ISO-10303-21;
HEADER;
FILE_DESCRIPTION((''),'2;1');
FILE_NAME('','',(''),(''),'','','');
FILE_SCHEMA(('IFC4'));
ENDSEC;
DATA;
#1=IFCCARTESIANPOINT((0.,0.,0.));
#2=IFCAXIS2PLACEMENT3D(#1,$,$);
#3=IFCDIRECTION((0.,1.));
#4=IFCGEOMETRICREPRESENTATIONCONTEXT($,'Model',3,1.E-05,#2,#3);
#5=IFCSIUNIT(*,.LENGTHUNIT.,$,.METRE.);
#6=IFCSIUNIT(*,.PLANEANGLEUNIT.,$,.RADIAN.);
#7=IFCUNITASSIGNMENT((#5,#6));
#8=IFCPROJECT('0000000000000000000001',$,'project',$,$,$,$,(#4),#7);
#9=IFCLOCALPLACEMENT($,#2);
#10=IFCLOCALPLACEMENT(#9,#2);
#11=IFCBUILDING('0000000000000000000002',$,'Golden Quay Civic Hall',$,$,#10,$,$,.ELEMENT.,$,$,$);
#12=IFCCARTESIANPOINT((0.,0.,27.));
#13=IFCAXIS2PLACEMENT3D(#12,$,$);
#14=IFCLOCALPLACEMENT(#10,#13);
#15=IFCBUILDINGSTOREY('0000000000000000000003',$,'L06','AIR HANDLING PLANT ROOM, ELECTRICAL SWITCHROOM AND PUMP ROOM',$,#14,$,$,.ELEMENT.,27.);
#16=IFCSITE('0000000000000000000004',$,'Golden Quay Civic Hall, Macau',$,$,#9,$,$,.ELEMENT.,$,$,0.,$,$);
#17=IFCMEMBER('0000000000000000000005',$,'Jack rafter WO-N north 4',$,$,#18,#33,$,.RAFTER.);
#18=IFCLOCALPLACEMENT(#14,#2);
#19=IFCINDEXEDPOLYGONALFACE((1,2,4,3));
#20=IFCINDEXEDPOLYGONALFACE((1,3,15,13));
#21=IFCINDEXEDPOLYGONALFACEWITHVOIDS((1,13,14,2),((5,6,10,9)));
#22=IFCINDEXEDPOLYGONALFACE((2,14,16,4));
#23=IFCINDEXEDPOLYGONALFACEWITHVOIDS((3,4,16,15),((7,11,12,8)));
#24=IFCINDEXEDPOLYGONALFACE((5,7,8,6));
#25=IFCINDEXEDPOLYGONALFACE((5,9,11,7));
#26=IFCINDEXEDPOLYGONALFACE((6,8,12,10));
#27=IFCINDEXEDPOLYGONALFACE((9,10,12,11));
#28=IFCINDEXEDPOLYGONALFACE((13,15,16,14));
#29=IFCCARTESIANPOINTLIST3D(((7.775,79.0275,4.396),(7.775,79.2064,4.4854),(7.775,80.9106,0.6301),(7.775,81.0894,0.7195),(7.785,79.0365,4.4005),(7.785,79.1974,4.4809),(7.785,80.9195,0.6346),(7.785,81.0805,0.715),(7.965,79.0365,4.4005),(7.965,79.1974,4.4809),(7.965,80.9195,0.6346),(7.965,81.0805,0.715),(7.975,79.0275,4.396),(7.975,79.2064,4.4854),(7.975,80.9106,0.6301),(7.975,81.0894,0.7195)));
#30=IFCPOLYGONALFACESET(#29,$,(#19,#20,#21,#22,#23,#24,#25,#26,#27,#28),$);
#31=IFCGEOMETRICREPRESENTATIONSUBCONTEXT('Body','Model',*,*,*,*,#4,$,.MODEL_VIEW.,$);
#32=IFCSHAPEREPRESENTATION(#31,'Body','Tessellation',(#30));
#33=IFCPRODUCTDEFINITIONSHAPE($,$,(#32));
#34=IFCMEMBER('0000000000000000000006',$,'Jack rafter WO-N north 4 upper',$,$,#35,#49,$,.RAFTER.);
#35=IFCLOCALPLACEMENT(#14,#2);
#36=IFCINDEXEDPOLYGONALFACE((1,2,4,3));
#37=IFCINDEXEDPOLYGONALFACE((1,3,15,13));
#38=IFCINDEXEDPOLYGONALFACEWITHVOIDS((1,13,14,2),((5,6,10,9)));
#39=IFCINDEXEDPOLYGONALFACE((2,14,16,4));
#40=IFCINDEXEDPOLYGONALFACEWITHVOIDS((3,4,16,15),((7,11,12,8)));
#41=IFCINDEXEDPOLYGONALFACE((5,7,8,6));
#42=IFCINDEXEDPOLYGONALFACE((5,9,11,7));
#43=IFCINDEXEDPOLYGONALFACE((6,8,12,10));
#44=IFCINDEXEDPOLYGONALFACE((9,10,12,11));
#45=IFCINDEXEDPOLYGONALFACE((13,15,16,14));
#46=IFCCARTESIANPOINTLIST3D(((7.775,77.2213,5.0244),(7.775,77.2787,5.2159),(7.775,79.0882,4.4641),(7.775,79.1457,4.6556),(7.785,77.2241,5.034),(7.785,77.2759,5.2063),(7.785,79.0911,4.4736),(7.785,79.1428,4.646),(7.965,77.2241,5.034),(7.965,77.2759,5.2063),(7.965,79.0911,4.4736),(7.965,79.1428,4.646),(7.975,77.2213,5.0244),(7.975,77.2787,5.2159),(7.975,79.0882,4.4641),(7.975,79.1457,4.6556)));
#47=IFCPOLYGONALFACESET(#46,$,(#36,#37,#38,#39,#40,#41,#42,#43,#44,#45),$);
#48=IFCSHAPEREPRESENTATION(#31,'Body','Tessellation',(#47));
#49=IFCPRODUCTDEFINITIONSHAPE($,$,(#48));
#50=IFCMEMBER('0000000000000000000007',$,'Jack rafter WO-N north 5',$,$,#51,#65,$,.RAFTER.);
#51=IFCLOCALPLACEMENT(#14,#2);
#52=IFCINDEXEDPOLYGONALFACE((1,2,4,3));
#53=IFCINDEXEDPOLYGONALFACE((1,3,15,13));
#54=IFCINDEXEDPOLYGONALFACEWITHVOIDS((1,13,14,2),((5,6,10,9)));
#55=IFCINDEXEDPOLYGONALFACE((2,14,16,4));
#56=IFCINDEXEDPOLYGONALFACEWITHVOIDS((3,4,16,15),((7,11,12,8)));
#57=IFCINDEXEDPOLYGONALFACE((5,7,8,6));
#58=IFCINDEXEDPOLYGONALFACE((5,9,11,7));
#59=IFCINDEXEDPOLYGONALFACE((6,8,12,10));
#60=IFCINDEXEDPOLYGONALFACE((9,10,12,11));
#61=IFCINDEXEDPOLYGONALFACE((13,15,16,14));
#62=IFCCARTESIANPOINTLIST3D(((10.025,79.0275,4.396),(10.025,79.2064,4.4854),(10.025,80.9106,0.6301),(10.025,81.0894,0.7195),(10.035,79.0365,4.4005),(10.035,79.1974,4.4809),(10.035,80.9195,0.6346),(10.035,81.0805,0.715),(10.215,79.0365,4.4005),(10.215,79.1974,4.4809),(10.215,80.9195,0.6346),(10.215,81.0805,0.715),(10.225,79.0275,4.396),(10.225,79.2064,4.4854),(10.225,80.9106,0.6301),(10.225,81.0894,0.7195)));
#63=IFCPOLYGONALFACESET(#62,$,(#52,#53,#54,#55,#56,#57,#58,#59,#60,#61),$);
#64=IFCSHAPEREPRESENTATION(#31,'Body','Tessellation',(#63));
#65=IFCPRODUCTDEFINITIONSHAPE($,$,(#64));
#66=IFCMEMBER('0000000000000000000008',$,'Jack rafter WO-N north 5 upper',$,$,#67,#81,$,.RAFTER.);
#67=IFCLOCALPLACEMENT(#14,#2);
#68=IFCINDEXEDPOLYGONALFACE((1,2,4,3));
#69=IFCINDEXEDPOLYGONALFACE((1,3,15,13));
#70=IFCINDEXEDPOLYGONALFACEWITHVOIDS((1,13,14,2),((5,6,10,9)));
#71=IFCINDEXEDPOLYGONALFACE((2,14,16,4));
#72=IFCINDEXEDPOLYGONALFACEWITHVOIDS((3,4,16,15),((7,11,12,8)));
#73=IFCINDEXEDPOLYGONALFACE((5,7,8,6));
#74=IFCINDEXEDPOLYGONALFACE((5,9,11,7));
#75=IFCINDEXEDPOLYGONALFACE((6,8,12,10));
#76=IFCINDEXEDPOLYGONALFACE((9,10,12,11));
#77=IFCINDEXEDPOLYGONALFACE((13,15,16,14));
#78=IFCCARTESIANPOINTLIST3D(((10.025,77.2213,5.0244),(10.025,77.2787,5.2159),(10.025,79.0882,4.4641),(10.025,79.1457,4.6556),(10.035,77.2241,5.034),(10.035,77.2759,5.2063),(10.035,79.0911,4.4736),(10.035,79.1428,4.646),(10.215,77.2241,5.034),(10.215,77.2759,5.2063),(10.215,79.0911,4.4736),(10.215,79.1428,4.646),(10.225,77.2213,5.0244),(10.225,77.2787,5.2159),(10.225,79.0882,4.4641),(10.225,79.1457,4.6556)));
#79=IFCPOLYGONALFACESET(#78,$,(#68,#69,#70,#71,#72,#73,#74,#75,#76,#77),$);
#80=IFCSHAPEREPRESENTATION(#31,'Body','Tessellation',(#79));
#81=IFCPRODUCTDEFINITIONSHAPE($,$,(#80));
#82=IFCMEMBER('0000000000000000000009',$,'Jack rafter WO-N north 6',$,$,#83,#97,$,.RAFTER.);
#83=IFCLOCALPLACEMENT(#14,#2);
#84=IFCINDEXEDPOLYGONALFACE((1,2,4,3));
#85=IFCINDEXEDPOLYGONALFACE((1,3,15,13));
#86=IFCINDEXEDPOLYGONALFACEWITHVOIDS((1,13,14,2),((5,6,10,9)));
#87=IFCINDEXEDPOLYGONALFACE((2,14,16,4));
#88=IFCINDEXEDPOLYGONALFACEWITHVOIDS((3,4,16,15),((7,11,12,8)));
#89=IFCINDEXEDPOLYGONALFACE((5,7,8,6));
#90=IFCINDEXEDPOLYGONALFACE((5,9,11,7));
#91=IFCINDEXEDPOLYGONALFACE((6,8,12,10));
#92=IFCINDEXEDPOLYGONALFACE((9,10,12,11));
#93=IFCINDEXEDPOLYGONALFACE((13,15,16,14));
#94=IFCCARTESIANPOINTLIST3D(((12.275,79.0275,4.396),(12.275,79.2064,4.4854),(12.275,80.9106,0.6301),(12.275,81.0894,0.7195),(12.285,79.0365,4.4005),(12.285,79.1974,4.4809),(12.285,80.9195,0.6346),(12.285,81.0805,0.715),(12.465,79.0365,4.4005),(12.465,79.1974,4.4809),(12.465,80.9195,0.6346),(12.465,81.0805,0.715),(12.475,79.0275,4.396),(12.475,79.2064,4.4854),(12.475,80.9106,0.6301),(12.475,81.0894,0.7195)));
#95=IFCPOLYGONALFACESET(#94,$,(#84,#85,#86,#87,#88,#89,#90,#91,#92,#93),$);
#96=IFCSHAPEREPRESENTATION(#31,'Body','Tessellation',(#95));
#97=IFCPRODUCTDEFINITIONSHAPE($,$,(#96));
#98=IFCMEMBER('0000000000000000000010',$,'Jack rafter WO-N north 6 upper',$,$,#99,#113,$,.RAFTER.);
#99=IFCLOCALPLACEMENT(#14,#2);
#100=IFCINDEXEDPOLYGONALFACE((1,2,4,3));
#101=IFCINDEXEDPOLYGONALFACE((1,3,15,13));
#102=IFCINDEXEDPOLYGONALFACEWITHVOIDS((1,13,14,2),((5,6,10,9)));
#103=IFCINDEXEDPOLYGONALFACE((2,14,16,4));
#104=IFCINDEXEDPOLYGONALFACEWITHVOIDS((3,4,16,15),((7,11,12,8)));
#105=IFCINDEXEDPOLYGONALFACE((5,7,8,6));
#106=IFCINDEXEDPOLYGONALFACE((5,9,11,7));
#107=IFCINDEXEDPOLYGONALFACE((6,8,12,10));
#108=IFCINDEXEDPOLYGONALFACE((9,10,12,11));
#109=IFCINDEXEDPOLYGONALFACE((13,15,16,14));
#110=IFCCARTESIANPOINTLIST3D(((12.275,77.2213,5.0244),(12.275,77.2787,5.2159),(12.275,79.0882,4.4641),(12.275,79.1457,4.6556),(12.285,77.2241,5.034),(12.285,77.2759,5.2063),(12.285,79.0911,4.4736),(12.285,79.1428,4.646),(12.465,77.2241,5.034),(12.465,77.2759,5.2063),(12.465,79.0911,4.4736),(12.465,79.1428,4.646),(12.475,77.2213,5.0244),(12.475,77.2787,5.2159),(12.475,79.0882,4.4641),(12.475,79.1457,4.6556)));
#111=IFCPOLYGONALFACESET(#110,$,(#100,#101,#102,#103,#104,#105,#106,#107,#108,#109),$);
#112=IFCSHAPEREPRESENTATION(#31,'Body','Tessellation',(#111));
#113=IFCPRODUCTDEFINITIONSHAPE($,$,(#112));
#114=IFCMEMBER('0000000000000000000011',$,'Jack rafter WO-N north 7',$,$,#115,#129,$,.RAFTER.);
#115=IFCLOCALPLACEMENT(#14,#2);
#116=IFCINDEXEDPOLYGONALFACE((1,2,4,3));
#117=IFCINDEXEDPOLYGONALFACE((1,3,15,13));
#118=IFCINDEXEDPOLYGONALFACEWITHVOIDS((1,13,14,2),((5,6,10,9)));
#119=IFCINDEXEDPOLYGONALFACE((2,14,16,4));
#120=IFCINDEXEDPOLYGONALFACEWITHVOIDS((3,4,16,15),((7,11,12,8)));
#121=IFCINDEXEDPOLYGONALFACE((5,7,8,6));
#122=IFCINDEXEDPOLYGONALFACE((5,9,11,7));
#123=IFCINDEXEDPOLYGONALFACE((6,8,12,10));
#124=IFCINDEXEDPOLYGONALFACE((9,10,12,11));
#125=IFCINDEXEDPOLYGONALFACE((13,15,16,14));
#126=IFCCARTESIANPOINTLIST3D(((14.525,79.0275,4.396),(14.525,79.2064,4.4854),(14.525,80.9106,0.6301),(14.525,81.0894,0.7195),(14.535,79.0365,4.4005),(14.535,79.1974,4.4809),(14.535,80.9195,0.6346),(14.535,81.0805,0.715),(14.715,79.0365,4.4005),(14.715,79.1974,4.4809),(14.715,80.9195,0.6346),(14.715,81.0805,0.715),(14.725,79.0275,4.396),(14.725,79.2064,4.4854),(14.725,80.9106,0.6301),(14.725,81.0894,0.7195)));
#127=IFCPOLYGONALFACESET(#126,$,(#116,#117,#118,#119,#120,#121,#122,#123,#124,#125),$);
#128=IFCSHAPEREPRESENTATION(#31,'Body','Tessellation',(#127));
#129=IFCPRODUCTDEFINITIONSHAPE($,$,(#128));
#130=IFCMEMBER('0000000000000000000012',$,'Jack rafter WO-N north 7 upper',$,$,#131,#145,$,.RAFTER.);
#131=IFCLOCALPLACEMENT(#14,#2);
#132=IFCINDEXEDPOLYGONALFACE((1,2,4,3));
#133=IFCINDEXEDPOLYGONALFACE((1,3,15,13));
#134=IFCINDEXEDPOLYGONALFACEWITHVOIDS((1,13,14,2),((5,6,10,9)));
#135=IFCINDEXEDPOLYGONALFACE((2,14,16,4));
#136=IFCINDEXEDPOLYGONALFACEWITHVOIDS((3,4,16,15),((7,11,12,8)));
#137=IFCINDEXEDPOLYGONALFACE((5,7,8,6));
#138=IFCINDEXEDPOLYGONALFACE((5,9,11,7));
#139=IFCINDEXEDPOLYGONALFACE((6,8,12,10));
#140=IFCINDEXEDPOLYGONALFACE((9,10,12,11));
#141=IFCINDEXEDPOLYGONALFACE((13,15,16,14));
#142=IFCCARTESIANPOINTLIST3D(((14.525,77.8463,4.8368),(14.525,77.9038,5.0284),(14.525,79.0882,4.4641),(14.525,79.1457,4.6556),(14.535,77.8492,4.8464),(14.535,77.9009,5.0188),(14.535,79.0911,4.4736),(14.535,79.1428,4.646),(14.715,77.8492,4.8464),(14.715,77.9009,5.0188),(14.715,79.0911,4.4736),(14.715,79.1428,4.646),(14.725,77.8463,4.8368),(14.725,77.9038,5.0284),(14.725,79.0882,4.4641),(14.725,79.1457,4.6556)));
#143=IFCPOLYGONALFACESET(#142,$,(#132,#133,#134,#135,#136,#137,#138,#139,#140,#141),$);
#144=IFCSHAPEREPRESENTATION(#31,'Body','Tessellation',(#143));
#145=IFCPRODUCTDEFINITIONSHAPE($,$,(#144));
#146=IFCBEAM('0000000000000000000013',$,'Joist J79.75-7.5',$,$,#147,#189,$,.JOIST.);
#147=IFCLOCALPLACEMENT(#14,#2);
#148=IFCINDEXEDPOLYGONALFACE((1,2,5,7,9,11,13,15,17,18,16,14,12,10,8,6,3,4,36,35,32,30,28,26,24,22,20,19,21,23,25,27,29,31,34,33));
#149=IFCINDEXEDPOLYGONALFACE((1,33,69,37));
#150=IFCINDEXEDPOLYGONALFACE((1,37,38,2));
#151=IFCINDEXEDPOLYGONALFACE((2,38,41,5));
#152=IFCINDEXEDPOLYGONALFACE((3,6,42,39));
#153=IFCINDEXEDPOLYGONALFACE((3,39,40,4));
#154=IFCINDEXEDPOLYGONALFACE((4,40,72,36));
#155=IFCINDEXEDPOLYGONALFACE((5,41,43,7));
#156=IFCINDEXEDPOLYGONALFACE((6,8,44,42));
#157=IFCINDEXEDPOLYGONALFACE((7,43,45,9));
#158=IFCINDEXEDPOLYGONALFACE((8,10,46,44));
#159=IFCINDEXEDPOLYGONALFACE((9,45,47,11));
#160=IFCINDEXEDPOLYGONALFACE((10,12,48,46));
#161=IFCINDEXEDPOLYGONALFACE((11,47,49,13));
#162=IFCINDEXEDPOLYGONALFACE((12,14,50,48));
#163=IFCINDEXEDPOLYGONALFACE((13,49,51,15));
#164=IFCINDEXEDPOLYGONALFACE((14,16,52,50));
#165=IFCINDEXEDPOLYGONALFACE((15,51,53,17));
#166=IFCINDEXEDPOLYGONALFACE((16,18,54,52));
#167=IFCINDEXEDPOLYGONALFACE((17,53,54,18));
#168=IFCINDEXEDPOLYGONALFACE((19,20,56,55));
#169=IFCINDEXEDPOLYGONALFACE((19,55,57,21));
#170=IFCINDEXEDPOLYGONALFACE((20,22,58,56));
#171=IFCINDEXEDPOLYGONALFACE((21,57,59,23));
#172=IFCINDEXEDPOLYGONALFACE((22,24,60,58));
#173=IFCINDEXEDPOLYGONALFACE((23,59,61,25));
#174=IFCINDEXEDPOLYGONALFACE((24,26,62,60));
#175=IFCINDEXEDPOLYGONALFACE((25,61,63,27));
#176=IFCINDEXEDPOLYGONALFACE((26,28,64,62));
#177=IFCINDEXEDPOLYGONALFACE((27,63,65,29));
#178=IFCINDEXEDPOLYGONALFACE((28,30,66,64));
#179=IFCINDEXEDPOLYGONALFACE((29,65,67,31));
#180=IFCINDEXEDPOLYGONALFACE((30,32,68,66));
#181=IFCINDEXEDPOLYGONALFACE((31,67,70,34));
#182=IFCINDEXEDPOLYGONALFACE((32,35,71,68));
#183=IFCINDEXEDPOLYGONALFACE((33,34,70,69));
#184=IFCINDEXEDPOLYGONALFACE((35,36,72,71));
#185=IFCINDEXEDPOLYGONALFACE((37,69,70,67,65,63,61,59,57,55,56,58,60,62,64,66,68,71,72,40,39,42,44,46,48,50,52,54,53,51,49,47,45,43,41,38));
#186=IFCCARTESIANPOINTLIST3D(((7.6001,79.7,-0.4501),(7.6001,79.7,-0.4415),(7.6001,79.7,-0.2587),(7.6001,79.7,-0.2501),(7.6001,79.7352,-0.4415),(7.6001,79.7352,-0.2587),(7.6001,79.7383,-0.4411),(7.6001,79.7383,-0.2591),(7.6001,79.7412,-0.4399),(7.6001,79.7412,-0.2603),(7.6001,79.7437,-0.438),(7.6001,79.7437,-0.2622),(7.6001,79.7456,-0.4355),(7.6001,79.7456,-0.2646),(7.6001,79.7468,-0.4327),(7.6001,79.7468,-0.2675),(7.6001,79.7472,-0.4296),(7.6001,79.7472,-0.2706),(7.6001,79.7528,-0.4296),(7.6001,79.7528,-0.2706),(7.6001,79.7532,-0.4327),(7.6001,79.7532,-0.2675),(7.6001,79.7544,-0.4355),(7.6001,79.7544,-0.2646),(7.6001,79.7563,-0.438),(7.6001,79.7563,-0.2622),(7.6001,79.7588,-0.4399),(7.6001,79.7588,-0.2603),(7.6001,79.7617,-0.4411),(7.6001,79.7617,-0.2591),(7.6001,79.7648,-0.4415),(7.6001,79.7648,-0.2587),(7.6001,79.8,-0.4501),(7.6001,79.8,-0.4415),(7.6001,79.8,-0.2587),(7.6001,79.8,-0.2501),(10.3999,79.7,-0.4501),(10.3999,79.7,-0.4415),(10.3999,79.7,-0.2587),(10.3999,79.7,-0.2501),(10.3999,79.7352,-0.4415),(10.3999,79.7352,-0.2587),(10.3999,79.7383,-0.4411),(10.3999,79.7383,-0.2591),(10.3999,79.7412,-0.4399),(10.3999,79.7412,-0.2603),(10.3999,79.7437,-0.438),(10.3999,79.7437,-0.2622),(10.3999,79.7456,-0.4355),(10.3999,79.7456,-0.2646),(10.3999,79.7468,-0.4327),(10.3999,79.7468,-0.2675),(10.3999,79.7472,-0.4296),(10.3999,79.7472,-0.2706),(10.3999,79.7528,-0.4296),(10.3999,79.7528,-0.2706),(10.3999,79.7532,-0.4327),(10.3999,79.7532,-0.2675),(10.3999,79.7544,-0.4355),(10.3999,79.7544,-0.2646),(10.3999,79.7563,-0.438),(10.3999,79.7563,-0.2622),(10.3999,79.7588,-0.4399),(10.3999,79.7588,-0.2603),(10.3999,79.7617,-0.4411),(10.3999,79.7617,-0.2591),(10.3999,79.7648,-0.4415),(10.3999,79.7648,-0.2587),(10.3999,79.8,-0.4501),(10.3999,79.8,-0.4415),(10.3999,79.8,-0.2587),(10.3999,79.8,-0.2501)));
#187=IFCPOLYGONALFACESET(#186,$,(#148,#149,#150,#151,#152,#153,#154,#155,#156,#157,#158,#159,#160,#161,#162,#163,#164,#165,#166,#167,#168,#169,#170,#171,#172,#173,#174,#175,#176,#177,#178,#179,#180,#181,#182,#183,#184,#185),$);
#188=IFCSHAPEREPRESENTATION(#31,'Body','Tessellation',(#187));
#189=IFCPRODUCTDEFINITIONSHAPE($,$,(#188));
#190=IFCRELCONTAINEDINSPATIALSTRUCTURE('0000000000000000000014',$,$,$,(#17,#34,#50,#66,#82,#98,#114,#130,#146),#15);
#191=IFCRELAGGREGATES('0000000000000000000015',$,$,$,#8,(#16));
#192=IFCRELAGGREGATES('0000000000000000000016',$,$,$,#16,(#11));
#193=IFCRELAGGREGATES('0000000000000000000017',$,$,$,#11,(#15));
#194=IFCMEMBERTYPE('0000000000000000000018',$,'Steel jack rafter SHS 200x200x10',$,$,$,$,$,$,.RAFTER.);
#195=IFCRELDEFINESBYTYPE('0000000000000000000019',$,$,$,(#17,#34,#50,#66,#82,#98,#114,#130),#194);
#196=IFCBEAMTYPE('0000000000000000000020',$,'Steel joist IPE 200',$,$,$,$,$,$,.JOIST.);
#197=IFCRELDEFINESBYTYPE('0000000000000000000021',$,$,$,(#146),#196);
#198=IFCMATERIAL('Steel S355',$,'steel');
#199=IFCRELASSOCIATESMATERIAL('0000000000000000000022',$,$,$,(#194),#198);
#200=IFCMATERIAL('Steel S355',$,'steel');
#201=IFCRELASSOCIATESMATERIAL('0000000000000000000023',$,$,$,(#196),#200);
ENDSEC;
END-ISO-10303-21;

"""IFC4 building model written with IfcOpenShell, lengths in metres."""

from ifc_helpers import new_model, si_unit, direction, frame, origin, origin_2d, place, context, subcontext, project, spatial, hollow_rectangle, i_section, extrude, material, material_profile, profile_set, type_object, element, save


model = new_model("IFC4")

# Units and contexts
model_context = context("Model", 3, precision=1e-05, world=origin(), true_north=direction((0.0, 1.0)))
body_context = subcontext(model_context, "Body", "Model", "MODEL_VIEW")
ifc_project = project(units=[si_unit("LENGTHUNIT", "METRE"), si_unit("PLANEANGLEUNIT", "RADIAN")], contexts=[model_context])

# Site, building, storey
site_placement = place(None, origin())
site = spatial("IfcSite", under=ifc_project, at=site_placement, Name="Golden Quay Civic Hall, Macau", CompositionType="ELEMENT", RefElevation=0.0)
building_placement = place(site_placement, origin())
building = spatial("IfcBuilding", under=site, at=building_placement, Name="Golden Quay Civic Hall", CompositionType="ELEMENT")
storey_placement = place(building_placement, frame((0.0, 0.0, 27.0)))
storey = spatial("IfcBuildingStorey", under=building, at=storey_placement, Name="L06", Description="AIR HANDLING PLANT ROOM, ELECTRICAL SWITCHROOM AND PUMP ROOM", CompositionType="ELEMENT", Elevation=27.0)

# Members
ifc_material_1 = material(Name="Steel S355", Category="steel")
ifc_material_profile_1 = material_profile(ifc_material_1, hollow_rectangle(XDim=0.2, YDim=0.2, WallThickness=0.01, at=origin_2d()), Name="SHS 200x200x10")
ifc_profile_set_1 = profile_set([ifc_material_profile_1], Name="Steel S355")
member_type_1 = type_object("IfcMemberType", Name="Steel jack rafter SHS 200x200x10", PredefinedType="RAFTER", material=ifc_profile_set_1)
member_1_placement = place(storey_placement, frame((7.875, 81.0, 0.6748), z_axis=(0.0, -0.447237, 0.894416), x_axis=(1.0, 0.0, 0.0)))
element("IfcMember", 1, at=member_1_placement, inside=storey, type_object=member_type_1, Name="Jack rafter WO-N north 4", PredefinedType="RAFTER", context=body_context, shape_type="SweptSolid", body=[
    extrude(hollow_rectangle(XDim=0.2, YDim=0.2, WallThickness=0.01, at=origin_2d()), origin(), (0.0, 0.0, 1.0), 4.2104),
])
member_2_placement = place(storey_placement, frame((7.875, 79.1169, 4.5598), z_axis=(0.0, -0.957795, 0.287451), x_axis=(1.0, 0.0, 0.0)))
element("IfcMember", 2, at=member_2_placement, inside=storey, type_object=member_type_1, Name="Jack rafter WO-N north 4 upper", PredefinedType="RAFTER", context=body_context, shape_type="SweptSolid", body=[
    extrude(hollow_rectangle(XDim=0.2, YDim=0.2, WallThickness=0.01, at=origin_2d()), origin(), (0.0, 0.0, 1.0), 1.9492),
])
member_3_placement = place(storey_placement, frame((10.125, 81.0, 0.6748), z_axis=(0.0, -0.447237, 0.894416), x_axis=(1.0, 0.0, 0.0)))
element("IfcMember", 3, at=member_3_placement, inside=storey, type_object=member_type_1, Name="Jack rafter WO-N north 5", PredefinedType="RAFTER", context=body_context, shape_type="SweptSolid", body=[
    extrude(hollow_rectangle(XDim=0.2, YDim=0.2, WallThickness=0.01, at=origin_2d()), origin(), (0.0, 0.0, 1.0), 4.2104),
])
member_4_placement = place(storey_placement, frame((10.125, 79.1169, 4.5598), z_axis=(0.0, -0.957795, 0.287451), x_axis=(1.0, 0.0, 0.0)))
element("IfcMember", 4, at=member_4_placement, inside=storey, type_object=member_type_1, Name="Jack rafter WO-N north 5 upper", PredefinedType="RAFTER", context=body_context, shape_type="SweptSolid", body=[
    extrude(hollow_rectangle(XDim=0.2, YDim=0.2, WallThickness=0.01, at=origin_2d()), origin(), (0.0, 0.0, 1.0), 1.9492),
])
member_5_placement = place(storey_placement, frame((12.375, 81.0, 0.6748), z_axis=(0.0, -0.447237, 0.894416), x_axis=(1.0, 0.0, 0.0)))
element("IfcMember", 5, at=member_5_placement, inside=storey, type_object=member_type_1, Name="Jack rafter WO-N north 6", PredefinedType="RAFTER", context=body_context, shape_type="SweptSolid", body=[
    extrude(hollow_rectangle(XDim=0.2, YDim=0.2, WallThickness=0.01, at=origin_2d()), origin(), (0.0, 0.0, 1.0), 4.2104),
])
member_6_placement = place(storey_placement, frame((12.375, 79.1169, 4.5598), z_axis=(0.0, -0.957795, 0.287451), x_axis=(1.0, 0.0, 0.0)))
element("IfcMember", 6, at=member_6_placement, inside=storey, type_object=member_type_1, Name="Jack rafter WO-N north 6 upper", PredefinedType="RAFTER", context=body_context, shape_type="SweptSolid", body=[
    extrude(hollow_rectangle(XDim=0.2, YDim=0.2, WallThickness=0.01, at=origin_2d()), origin(), (0.0, 0.0, 1.0), 1.9492),
])
member_7_placement = place(storey_placement, frame((14.625, 81.0, 0.6748), z_axis=(0.0, -0.447237, 0.894416), x_axis=(1.0, 0.0, 0.0)))
element("IfcMember", 7, at=member_7_placement, inside=storey, type_object=member_type_1, Name="Jack rafter WO-N north 7", PredefinedType="RAFTER", context=body_context, shape_type="SweptSolid", body=[
    extrude(hollow_rectangle(XDim=0.2, YDim=0.2, WallThickness=0.01, at=origin_2d()), origin(), (0.0, 0.0, 1.0), 4.2104),
])
member_8_placement = place(storey_placement, frame((14.625, 79.1169, 4.5598), z_axis=(0.0, -0.95778, 0.287503), x_axis=(1.0, 0.0, 0.0)))
element("IfcMember", 8, at=member_8_placement, inside=storey, type_object=member_type_1, Name="Jack rafter WO-N north 7 upper", PredefinedType="RAFTER", context=body_context, shape_type="SweptSolid", body=[
    extrude(hollow_rectangle(XDim=0.2, YDim=0.2, WallThickness=0.01, at=origin_2d()), origin(), (0.0, 0.0, 1.0), 1.2966),
])

# Beam
ifc_material_2 = material(Name="Steel S355", Category="steel")
ifc_material_profile_2 = material_profile(ifc_material_2, i_section(OverallWidth=0.1001, OverallDepth=0.2, WebThickness=0.0056, FlangeThickness=0.0085, FilletRadius=0.012, at=origin_2d()), Name="IPE 200")
ifc_profile_set_2 = profile_set([ifc_material_profile_2], Name="Steel S355")
beam_type_1 = type_object("IfcBeamType", Name="Steel joist IPE 200", PredefinedType="JOIST", material=ifc_profile_set_2)
beam_1_placement = place(storey_placement, frame((7.6001, 79.75, -0.3501), z_axis=(1.0, 0.0, 0.0), x_axis=(0.0, 1.0, 0.0)))
element("IfcBeam", 9, at=beam_1_placement, inside=storey, type_object=beam_type_1, Name="Joist J79.75-7.5", PredefinedType="JOIST", context=body_context, shape_type="SweptSolid", body=[
    extrude(i_section(OverallWidth=0.1001, OverallDepth=0.2, WebThickness=0.0056, FlangeThickness=0.0085, FilletRadius=0.012, at=origin_2d()), origin(), (0.0, 0.0, 1.0), 2.7998),
])

save(model, "model.ifc")
